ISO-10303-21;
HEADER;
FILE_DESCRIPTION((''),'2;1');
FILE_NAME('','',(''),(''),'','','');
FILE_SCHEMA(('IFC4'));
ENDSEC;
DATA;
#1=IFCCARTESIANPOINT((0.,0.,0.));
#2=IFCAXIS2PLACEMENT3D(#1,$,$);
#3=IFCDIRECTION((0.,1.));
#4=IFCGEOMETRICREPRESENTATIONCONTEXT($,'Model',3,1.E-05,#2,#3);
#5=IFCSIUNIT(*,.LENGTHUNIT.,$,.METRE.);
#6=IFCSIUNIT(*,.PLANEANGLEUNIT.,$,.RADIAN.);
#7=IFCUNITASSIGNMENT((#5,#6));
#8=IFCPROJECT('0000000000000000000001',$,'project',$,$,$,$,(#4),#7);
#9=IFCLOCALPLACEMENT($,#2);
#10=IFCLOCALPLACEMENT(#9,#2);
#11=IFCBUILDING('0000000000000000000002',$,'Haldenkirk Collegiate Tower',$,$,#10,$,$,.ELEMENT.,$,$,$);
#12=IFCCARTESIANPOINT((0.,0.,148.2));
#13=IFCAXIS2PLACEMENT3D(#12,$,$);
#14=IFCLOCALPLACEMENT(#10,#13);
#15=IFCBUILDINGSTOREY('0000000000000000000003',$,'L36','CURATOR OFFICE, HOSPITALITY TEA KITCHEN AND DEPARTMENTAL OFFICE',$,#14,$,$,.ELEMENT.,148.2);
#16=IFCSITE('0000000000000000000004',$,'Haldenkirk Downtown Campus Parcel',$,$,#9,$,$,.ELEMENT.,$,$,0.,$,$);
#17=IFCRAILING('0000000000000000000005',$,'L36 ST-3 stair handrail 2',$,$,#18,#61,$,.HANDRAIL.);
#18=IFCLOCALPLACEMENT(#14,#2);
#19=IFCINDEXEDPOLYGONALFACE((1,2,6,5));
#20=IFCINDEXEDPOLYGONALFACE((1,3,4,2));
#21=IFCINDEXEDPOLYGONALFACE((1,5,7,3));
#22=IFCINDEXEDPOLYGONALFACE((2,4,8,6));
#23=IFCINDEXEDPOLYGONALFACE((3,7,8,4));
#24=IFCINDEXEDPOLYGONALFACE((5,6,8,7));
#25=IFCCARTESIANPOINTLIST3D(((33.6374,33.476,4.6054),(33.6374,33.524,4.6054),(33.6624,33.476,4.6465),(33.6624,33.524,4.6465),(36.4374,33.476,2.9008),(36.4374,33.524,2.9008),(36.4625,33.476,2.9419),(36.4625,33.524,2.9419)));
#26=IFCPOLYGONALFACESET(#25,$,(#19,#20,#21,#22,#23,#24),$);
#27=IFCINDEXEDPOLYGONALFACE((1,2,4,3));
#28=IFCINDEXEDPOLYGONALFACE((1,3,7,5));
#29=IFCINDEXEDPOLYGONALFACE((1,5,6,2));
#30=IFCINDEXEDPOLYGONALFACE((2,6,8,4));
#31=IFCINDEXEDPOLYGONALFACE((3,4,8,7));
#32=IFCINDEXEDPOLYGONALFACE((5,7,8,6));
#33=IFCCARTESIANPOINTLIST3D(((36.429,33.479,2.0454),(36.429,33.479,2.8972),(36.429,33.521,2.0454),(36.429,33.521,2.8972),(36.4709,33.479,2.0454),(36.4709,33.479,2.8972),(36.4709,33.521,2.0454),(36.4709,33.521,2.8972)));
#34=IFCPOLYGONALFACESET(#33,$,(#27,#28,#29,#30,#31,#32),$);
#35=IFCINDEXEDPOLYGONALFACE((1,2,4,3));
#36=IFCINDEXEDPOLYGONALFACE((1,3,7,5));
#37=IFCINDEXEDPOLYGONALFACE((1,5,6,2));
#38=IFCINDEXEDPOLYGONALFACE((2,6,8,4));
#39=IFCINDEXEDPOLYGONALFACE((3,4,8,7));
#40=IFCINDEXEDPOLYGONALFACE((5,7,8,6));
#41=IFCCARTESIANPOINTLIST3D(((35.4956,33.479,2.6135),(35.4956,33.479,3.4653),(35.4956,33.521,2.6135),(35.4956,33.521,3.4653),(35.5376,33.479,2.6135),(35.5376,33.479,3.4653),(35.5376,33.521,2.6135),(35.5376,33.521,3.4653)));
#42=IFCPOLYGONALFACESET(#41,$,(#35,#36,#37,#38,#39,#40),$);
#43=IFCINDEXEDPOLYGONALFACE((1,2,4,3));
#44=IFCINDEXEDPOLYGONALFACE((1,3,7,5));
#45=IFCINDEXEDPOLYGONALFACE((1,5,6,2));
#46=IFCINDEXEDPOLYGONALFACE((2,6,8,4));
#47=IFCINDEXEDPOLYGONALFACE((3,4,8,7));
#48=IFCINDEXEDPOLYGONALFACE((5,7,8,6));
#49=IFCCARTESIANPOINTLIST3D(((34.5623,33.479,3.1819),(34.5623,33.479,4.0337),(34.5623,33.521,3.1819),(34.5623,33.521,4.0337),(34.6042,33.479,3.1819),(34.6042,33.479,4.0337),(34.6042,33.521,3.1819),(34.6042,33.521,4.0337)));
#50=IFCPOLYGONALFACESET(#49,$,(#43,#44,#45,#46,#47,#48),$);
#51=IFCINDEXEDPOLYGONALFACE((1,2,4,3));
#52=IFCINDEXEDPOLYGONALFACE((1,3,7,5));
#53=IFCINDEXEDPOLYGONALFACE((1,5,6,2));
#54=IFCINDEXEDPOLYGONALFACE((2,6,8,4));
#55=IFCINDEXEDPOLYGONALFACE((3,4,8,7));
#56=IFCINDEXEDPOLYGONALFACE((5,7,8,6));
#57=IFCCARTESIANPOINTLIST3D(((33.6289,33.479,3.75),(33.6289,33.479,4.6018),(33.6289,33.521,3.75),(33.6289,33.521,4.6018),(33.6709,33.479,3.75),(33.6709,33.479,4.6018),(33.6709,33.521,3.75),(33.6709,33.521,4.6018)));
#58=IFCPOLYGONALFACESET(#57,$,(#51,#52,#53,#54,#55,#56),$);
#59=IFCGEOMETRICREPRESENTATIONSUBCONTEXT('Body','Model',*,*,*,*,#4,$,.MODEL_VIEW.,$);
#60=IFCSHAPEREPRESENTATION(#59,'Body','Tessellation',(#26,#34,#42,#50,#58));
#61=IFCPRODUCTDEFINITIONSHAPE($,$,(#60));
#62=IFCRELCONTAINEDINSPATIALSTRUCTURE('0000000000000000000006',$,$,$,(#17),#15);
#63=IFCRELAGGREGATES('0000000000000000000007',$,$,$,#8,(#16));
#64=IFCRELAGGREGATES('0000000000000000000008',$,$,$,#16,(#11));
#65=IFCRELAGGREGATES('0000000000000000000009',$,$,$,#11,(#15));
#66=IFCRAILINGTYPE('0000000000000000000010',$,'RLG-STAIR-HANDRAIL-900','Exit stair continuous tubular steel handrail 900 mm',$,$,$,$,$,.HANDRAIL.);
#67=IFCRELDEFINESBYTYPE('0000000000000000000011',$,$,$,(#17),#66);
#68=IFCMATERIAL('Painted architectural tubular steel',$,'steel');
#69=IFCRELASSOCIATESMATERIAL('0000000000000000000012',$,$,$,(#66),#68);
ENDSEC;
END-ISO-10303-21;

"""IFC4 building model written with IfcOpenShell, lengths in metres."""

from ifc_helpers import new_model, si_unit, direction, frame, origin, origin_2d, place, context, subcontext, project, spatial, rectangle, extrude, material, type_object, element, save


model = new_model("IFC4")

# Units and contexts
model_context = context("Model", 3, precision=1e-05, world=origin(), true_north=direction((0.0, 1.0)))
body_context = subcontext(model_context, "Body", "Model", "MODEL_VIEW")
ifc_project = project(units=[si_unit("LENGTHUNIT", "METRE"), si_unit("PLANEANGLEUNIT", "RADIAN")], contexts=[model_context])

# Site, building, storey
site_placement = place(None, origin())
site = spatial("IfcSite", under=ifc_project, at=site_placement, Name="Haldenkirk Downtown Campus Parcel", CompositionType="ELEMENT", RefElevation=0.0)
building_placement = place(site_placement, origin())
building = spatial("IfcBuilding", under=site, at=building_placement, Name="Haldenkirk Collegiate Tower", CompositionType="ELEMENT")
storey_placement = place(building_placement, frame((0.0, 0.0, 148.2)))
storey = spatial("IfcBuildingStorey", under=building, at=storey_placement, Name="L36", Description="CURATOR OFFICE, HOSPITALITY TEA KITCHEN AND DEPARTMENTAL OFFICE", CompositionType="ELEMENT", Elevation=148.2)

# Railing
ifc_material_1 = material(Name="Painted architectural tubular steel", Category="steel")
railing_type_1 = type_object("IfcRailingType", Name="RLG-STAIR-HANDRAIL-900", Description="Exit stair continuous tubular steel handrail 900 mm", PredefinedType="HANDRAIL", material=ifc_material_1)
railing_1_placement = place(storey_placement, frame((36.45, 33.5, 2.0454)))
element("IfcRailing", 1, at=railing_1_placement, inside=storey, type_object=railing_type_1, Name="L36 ST-3 stair handrail 2", PredefinedType="HANDRAIL", context=body_context, shape_type="SweptSolid", body=[
    extrude(rectangle(XDim=0.0481, YDim=0.0481, at=origin_2d()), frame((0.0, 0.0, 0.876), z_axis=(-0.85417, 0.0, 0.519994), x_axis=(0.0, -1.0, 0.0)), (0.0, 0.0, 1.0), 3.2781),
    extrude(rectangle(XDim=0.042, YDim=0.042, at=origin_2d()), origin(), (0.0, 0.0, 1.0), 0.8518),
    extrude(rectangle(XDim=0.042, YDim=0.042, at=origin_2d()), frame((-0.9333, 0.0, 0.5681)), (0.0, 0.0, 1.0), 0.8518),
    extrude(rectangle(XDim=0.042, YDim=0.042, at=origin_2d()), frame((-1.8667, 0.0, 1.1365)), (0.0, 0.0, 1.0), 0.8518),
    extrude(rectangle(XDim=0.042, YDim=0.042, at=origin_2d()), frame((-2.8, 0.0, 1.7046)), (0.0, 0.0, 1.0), 0.8518),
])

save(model, "model.ifc")
